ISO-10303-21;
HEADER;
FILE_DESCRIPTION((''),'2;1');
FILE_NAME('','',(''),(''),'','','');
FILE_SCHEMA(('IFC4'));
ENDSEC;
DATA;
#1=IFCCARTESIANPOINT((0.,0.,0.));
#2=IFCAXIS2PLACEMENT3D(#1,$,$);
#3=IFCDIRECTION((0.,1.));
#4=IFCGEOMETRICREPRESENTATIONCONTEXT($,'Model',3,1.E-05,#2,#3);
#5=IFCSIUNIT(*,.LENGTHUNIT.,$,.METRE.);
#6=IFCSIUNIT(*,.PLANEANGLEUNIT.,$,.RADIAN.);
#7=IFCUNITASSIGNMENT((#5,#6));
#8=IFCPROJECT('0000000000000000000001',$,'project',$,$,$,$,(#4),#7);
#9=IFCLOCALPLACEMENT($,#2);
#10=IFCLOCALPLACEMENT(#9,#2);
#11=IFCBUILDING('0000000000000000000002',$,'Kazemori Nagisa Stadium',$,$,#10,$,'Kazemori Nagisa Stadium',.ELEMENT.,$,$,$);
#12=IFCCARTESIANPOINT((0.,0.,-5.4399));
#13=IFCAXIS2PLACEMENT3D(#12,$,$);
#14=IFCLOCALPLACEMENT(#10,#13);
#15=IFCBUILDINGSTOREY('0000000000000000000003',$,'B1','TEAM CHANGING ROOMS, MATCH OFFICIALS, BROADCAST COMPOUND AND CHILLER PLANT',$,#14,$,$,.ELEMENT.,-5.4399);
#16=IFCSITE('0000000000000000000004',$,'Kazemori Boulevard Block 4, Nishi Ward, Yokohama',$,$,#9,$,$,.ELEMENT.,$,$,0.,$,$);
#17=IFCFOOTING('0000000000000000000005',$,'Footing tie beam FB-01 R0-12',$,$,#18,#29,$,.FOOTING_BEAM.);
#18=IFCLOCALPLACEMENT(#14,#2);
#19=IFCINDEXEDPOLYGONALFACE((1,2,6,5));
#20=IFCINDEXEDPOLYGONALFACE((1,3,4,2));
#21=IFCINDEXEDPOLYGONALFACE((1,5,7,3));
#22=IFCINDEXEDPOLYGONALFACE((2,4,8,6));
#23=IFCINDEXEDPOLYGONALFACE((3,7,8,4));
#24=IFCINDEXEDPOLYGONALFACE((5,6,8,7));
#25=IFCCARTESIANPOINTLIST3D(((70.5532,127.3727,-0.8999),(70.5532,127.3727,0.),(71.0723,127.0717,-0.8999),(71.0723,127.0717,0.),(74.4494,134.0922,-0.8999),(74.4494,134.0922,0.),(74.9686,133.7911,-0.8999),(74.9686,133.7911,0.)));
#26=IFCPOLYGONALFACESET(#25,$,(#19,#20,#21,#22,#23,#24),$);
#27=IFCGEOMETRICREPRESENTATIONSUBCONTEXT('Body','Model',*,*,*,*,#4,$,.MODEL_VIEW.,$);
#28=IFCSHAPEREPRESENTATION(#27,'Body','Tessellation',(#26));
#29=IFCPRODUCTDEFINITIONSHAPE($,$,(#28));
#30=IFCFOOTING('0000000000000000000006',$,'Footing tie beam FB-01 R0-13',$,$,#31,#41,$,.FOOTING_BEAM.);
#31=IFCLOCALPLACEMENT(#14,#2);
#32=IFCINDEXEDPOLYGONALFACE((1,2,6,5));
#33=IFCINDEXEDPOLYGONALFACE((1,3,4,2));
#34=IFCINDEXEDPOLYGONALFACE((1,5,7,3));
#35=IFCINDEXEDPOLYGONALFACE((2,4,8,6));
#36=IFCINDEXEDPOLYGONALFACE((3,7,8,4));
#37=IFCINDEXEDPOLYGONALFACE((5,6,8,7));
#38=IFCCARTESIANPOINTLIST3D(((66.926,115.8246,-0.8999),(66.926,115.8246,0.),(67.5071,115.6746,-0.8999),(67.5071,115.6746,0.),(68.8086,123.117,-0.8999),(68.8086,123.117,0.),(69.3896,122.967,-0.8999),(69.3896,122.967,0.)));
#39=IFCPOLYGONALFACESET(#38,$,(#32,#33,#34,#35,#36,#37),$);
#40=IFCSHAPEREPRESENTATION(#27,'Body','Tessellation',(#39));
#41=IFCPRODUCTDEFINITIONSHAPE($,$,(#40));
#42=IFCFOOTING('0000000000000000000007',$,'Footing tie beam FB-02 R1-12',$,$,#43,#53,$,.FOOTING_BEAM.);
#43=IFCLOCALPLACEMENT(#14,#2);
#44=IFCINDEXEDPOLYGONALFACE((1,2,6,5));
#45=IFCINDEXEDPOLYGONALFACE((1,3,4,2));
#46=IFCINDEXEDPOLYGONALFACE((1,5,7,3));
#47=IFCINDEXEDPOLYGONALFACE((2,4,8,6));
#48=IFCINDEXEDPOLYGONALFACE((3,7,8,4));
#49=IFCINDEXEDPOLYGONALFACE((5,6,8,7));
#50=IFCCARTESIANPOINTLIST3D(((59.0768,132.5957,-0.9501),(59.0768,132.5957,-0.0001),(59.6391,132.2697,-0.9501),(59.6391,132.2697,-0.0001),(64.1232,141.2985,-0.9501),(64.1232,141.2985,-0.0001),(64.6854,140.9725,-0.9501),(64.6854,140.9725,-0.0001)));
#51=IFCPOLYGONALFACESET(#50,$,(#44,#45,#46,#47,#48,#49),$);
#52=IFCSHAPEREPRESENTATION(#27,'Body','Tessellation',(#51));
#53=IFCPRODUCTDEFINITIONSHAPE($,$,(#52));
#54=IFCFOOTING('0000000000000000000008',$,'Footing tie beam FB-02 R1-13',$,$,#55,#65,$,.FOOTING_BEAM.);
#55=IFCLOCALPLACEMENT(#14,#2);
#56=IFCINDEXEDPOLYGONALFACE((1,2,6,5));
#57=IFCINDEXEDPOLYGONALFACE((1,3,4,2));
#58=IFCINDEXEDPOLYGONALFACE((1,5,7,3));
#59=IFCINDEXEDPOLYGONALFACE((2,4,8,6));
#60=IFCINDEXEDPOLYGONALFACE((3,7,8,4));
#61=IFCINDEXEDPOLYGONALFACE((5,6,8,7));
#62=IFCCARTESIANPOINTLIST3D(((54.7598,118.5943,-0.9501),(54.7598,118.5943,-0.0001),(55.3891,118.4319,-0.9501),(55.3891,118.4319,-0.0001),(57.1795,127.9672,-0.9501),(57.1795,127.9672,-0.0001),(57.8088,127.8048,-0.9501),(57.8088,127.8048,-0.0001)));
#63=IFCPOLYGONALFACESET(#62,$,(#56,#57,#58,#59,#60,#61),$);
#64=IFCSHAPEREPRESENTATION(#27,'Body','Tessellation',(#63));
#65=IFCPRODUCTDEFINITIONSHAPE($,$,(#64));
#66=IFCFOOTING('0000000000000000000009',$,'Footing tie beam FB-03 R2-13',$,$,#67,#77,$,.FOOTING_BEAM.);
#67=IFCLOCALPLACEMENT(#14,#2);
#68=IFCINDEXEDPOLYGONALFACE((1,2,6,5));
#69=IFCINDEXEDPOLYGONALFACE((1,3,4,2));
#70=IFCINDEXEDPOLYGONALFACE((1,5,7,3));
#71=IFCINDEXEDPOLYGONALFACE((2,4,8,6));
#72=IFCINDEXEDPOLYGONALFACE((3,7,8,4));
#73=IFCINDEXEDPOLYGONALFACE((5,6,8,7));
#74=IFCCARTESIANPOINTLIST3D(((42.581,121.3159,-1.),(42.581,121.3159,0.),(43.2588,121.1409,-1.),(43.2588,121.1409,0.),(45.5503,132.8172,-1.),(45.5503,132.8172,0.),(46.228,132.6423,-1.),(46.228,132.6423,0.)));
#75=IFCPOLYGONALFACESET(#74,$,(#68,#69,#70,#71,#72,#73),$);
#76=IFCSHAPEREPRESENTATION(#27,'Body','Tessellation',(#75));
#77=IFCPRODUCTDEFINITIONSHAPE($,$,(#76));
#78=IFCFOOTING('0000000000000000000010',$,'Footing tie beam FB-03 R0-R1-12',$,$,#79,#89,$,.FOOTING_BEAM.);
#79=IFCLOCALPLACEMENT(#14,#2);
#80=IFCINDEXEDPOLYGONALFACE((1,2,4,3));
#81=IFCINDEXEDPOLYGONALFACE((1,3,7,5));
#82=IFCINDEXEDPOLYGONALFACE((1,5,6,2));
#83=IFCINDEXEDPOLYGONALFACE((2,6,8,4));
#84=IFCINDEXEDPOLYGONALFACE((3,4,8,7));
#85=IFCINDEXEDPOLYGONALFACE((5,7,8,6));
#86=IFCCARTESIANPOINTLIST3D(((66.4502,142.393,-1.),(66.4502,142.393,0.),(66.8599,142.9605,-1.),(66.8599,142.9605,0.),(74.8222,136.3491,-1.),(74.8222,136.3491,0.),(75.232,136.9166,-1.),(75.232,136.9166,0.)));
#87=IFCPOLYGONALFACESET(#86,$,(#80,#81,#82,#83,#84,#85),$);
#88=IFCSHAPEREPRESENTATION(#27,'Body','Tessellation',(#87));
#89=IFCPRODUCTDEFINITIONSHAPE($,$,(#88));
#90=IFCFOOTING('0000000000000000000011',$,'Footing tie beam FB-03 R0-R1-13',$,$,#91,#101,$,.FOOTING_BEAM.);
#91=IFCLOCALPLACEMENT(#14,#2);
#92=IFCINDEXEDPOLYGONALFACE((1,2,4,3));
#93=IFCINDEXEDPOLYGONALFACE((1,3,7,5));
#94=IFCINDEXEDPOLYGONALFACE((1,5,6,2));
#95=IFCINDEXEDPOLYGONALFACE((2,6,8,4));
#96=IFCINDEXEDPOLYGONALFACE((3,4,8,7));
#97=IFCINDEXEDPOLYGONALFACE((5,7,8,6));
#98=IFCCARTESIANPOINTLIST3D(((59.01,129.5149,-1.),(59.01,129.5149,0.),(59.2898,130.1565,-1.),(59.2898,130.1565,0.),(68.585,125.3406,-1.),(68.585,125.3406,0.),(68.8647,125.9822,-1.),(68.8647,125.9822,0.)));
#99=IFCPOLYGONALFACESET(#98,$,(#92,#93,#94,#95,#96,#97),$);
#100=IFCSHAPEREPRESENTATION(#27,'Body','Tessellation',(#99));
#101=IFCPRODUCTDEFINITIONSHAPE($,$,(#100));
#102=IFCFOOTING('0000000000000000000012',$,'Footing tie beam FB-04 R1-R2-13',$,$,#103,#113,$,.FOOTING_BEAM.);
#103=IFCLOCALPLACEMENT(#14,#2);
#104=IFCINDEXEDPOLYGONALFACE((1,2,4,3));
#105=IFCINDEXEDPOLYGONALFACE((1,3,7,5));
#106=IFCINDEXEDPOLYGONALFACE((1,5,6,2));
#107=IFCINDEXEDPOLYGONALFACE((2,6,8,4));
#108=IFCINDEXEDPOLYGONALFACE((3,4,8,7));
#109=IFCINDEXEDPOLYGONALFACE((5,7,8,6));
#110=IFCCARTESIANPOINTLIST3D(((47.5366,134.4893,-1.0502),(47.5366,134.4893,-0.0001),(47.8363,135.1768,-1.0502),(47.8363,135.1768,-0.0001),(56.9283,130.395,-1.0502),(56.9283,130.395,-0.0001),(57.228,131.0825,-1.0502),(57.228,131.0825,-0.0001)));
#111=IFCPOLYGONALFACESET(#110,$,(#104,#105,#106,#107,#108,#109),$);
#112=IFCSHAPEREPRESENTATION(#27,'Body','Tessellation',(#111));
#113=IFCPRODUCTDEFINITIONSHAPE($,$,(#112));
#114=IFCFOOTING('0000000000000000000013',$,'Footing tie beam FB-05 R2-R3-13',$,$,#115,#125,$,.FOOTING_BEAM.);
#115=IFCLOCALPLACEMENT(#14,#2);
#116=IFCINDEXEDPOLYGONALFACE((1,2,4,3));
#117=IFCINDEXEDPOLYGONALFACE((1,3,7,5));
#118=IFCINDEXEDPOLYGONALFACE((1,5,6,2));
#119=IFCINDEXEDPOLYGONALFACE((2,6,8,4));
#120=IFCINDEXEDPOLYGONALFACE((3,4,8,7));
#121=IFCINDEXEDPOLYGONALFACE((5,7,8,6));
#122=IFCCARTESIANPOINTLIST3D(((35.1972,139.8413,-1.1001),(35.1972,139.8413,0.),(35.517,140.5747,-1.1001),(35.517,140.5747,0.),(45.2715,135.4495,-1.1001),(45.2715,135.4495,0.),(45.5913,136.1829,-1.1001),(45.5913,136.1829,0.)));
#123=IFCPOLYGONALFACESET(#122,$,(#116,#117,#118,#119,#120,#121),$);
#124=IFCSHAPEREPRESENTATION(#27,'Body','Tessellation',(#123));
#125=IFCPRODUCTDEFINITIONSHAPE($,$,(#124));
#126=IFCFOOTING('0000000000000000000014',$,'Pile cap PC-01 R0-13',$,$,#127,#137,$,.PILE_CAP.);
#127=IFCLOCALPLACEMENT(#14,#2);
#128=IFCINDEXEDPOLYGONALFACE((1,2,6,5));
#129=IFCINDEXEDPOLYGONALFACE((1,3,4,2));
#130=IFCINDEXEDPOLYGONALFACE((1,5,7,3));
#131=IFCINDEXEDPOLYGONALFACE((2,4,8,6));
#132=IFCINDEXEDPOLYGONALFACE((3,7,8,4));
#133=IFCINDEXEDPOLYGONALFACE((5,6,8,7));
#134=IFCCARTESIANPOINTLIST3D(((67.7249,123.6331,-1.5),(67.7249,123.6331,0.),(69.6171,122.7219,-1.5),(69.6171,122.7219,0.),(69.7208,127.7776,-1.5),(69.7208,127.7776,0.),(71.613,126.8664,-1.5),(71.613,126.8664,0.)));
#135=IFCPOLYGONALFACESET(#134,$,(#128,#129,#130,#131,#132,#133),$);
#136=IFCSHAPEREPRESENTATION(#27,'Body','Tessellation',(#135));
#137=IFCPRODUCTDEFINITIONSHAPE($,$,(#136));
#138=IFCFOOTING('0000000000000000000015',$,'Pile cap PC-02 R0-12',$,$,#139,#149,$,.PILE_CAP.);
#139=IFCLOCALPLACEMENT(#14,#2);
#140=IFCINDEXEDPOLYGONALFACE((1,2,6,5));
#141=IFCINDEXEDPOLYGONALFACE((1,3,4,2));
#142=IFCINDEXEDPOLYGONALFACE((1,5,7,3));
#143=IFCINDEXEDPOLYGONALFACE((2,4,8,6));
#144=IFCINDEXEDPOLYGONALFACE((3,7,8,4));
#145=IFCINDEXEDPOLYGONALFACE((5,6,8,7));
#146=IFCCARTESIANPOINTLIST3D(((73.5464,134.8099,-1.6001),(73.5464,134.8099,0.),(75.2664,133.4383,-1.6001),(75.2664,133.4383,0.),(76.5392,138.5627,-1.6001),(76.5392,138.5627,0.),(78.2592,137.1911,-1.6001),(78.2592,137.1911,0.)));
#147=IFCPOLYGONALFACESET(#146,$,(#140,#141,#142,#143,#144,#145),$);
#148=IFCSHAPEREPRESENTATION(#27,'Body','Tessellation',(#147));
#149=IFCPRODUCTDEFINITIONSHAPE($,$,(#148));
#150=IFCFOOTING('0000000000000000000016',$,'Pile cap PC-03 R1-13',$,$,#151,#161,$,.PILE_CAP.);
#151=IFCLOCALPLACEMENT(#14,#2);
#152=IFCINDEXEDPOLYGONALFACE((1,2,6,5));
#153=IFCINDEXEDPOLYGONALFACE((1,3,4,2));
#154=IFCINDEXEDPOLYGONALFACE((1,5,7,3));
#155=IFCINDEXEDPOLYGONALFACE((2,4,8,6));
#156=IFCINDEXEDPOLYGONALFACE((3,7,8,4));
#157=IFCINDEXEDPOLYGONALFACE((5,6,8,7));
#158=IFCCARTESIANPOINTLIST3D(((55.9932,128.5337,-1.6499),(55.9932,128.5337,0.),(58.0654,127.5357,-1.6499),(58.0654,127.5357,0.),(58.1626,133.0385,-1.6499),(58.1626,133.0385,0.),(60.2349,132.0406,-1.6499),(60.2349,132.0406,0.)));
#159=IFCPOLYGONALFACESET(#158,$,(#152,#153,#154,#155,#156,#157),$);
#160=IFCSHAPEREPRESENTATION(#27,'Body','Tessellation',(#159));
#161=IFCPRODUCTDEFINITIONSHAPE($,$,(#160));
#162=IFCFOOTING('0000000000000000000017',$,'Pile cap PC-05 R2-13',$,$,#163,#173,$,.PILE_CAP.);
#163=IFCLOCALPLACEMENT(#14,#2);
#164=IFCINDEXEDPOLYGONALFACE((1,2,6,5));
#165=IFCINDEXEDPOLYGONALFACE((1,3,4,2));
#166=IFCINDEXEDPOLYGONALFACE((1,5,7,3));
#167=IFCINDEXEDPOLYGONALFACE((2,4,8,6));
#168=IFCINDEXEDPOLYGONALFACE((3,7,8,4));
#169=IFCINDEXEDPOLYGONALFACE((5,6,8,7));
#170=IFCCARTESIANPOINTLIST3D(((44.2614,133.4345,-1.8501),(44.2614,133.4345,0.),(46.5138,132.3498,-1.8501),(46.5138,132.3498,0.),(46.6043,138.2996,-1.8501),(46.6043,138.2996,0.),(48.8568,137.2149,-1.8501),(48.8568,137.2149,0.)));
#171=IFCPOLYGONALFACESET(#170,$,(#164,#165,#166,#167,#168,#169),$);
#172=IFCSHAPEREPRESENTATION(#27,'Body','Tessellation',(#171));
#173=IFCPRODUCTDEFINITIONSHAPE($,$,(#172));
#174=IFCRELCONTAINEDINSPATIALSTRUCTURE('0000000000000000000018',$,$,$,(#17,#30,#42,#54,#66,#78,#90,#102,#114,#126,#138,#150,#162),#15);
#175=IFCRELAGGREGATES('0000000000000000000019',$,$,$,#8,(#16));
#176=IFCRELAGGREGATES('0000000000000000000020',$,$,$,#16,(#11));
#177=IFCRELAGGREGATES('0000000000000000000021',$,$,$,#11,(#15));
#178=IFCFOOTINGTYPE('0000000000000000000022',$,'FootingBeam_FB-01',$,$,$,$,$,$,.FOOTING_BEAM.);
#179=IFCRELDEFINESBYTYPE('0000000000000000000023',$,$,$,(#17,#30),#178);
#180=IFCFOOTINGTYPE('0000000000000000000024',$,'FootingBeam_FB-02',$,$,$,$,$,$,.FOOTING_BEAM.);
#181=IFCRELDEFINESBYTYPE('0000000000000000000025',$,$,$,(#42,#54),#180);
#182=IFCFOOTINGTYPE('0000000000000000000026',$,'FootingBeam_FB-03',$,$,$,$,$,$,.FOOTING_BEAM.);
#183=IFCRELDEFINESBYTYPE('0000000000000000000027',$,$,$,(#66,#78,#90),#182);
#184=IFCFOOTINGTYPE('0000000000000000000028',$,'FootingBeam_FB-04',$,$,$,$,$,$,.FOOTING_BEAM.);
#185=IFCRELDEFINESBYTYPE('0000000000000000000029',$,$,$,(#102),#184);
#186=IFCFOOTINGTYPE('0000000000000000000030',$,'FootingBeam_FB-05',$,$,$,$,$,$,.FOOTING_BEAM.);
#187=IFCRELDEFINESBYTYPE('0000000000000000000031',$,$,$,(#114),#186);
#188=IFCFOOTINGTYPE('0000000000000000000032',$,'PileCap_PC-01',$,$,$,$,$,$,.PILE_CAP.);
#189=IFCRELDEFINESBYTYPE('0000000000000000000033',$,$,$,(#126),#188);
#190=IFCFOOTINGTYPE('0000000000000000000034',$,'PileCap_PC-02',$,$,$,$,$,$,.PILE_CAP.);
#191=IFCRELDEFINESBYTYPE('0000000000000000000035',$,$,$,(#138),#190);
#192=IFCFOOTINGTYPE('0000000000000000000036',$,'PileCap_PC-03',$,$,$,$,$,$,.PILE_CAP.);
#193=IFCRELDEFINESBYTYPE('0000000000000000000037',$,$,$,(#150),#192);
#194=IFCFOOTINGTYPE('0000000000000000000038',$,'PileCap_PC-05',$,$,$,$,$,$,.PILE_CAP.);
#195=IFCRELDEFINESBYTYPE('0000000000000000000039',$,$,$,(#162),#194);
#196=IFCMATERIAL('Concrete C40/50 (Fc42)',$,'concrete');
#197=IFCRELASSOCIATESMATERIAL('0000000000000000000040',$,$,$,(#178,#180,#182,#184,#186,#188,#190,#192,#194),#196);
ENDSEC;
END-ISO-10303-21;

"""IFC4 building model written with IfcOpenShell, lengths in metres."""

from ifc_helpers import new_model, si_unit, direction, frame, origin, origin_2d, place, context, subcontext, project, spatial, rectangle, extrude, material, material_profile, profile_set, type_object, element, save


model = new_model("IFC4")

# Units and contexts
model_context = context("Model", 3, precision=1e-05, world=origin(), true_north=direction((0.0, 1.0)))
body_context = subcontext(model_context, "Body", "Model", "MODEL_VIEW")
ifc_project = project(units=[si_unit("LENGTHUNIT", "METRE"), si_unit("PLANEANGLEUNIT", "RADIAN")], contexts=[model_context])

# Site, building, storey
site_placement = place(None, origin())
site = spatial("IfcSite", under=ifc_project, at=site_placement, Name="Kazemori Boulevard Block 4, Nishi Ward, Yokohama", CompositionType="ELEMENT", RefElevation=0.0)
building_placement = place(site_placement, origin())
building = spatial("IfcBuilding", under=site, at=building_placement, Name="Kazemori Nagisa Stadium", LongName="Kazemori Nagisa Stadium", CompositionType="ELEMENT")
storey_placement = place(building_placement, frame((0.0, 0.0, -5.4399)))
storey = spatial("IfcBuildingStorey", under=building, at=storey_placement, Name="B1", Description="TEAM CHANGING ROOMS, MATCH OFFICIALS, BROADCAST COMPOUND AND CHILLER PLANT", CompositionType="ELEMENT", Elevation=-5.4399)

# Footings
ifc_material_1 = material(Name="Concrete C40/50 (Fc42)", Category="concrete")
ifc_material_profile_1 = material_profile(ifc_material_1, rectangle(XDim=0.6001, YDim=0.8999, at=origin_2d()), Name="RC-FB-600x900")
ifc_profile_set_1 = profile_set([ifc_material_profile_1], Name="Concrete C40/50 (Fc42)")
footing_type_1 = type_object("IfcFootingType", Name="FootingBeam_FB-01", PredefinedType="FOOTING_BEAM", material=ifc_profile_set_1)
footing_1_placement = place(storey_placement, frame((74.709, 133.9417, -0.45), z_axis=(-0.501616, -0.86509, 0.0), x_axis=(0.86509, -0.501616, 0.0)))
element("IfcFooting", 1, at=footing_1_placement, inside=storey, type_object=footing_type_1, Name="Footing tie beam FB-01 R0-12", PredefinedType="FOOTING_BEAM", context=body_context, shape_type="SweptSolid", body=[
    extrude(rectangle(XDim=0.6001, YDim=0.8999, at=origin_2d()), origin(), (0.0, 0.0, 1.0), 7.7673),
])
footing_2_placement = place(storey_placement, frame((69.0991, 123.042, -0.45), z_axis=(-0.249957, -0.968257, 0.0), x_axis=(0.968257, -0.249957, 0.0)))
element("IfcFooting", 2, at=footing_2_placement, inside=storey, type_object=footing_type_1, Name="Footing tie beam FB-01 R0-13", PredefinedType="FOOTING_BEAM", context=body_context, shape_type="SweptSolid", body=[
    extrude(rectangle(XDim=0.6001, YDim=0.8999, at=origin_2d()), origin(), (0.0, 0.0, 1.0), 7.5315),
])
ifc_material_profile_2 = material_profile(ifc_material_1, rectangle(XDim=0.6499, YDim=0.95, at=origin_2d()), Name="RC-FB-650x950")
ifc_profile_set_2 = profile_set([ifc_material_profile_2], Name="Concrete C40/50 (Fc42)")
footing_type_2 = type_object("IfcFootingType", Name="FootingBeam_FB-02", PredefinedType="FOOTING_BEAM", material=ifc_profile_set_2)
footing_3_placement = place(storey_placement, frame((64.4043, 141.1355, -0.4751), z_axis=(-0.501623, -0.865087, 0.0), x_axis=(0.865087, -0.501623, 0.0)))
element("IfcFooting", 3, at=footing_3_placement, inside=storey, type_object=footing_type_2, Name="Footing tie beam FB-02 R1-12", PredefinedType="FOOTING_BEAM", context=body_context, shape_type="SweptSolid", body=[
    extrude(rectangle(XDim=0.6499, YDim=0.95, at=origin_2d()), origin(), (0.0, 0.0, 1.0), 10.0601),
])
footing_4_placement = place(storey_placement, frame((57.4941, 127.886, -0.4751), z_axis=(-0.249964, -0.968255, 0.0), x_axis=(0.968255, -0.249964, 0.0)))
element("IfcFooting", 4, at=footing_4_placement, inside=storey, type_object=footing_type_2, Name="Footing tie beam FB-02 R1-13", PredefinedType="FOOTING_BEAM", context=body_context, shape_type="SweptSolid", body=[
    extrude(rectangle(XDim=0.6499, YDim=0.95, at=origin_2d()), origin(), (0.0, 0.0, 1.0), 9.6802),
])
ifc_material_profile_3 = material_profile(ifc_material_1, rectangle(XDim=0.7, YDim=1.0, at=origin_2d()), Name="RC-FB-700x1000")
ifc_profile_set_3 = profile_set([ifc_material_profile_3], Name="Concrete C40/50 (Fc42)")
footing_type_3 = type_object("IfcFootingType", Name="FootingBeam_FB-03", PredefinedType="FOOTING_BEAM", material=ifc_profile_set_3)
footing_5_placement = place(storey_placement, frame((45.8892, 132.7297, -0.5), z_axis=(-0.249971, -0.968253, 0.0), x_axis=(0.968253, -0.249971, 0.0)))
element("IfcFooting", 5, at=footing_5_placement, inside=storey, type_object=footing_type_3, Name="Footing tie beam FB-03 R2-13", PredefinedType="FOOTING_BEAM", context=body_context, shape_type="SweptSolid", body=[
    extrude(rectangle(XDim=0.7, YDim=1.0, at=origin_2d()), origin(), (0.0, 0.0, 1.0), 11.8784),
])
footing_6_placement = place(storey_placement, frame((75.0271, 136.6328, -0.5), z_axis=(-0.810796, 0.585328, 0.0), x_axis=(-0.585328, -0.810796, 0.0)))
element("IfcFooting", 6, at=footing_6_placement, inside=storey, type_object=footing_type_3, Name="Footing tie beam FB-03 R0-R1-12", PredefinedType="FOOTING_BEAM", context=body_context, shape_type="SweptSolid", body=[
    extrude(rectangle(XDim=0.7, YDim=1.0, at=origin_2d()), origin(), (0.0, 0.0, 1.0), 10.3257),
])
footing_7_placement = place(storey_placement, frame((68.7249, 125.6614, -0.5), z_axis=(-0.916674, 0.399635, 0.0), x_axis=(-0.399635, -0.916674, 0.0)))
element("IfcFooting", 7, at=footing_7_placement, inside=storey, type_object=footing_type_3, Name="Footing tie beam FB-03 R0-R1-13", PredefinedType="FOOTING_BEAM", context=body_context, shape_type="SweptSolid", body=[
    extrude(rectangle(XDim=0.7, YDim=1.0, at=origin_2d()), origin(), (0.0, 0.0, 1.0), 10.4453),
])
ifc_material_profile_4 = material_profile(ifc_material_1, rectangle(XDim=0.75, YDim=1.05, at=origin_2d()), Name="RC-FB-750x1050")
ifc_profile_set_4 = profile_set([ifc_material_profile_4], Name="Concrete C40/50 (Fc42)")
footing_type_4 = type_object("IfcFootingType", Name="FootingBeam_FB-04", PredefinedType="FOOTING_BEAM", material=ifc_profile_set_4)
footing_8_placement = place(storey_placement, frame((57.0781, 130.7388, -0.5251), z_axis=(-0.916679, 0.399623, 0.0), x_axis=(-0.399623, -0.916679, 0.0)))
element("IfcFooting", 8, at=footing_8_placement, inside=storey, type_object=footing_type_4, Name="Footing tie beam FB-04 R1-R2-13", PredefinedType="FOOTING_BEAM", context=body_context, shape_type="SweptSolid", body=[
    extrude(rectangle(XDim=0.75, YDim=1.05, at=origin_2d()), origin(), (0.0, 0.0, 1.0), 10.2454),
])
ifc_material_profile_5 = material_profile(ifc_material_1, rectangle(XDim=0.8, YDim=1.1001, at=origin_2d()), Name="RC-FB-800x1100")
ifc_profile_set_5 = profile_set([ifc_material_profile_5], Name="Concrete C40/50 (Fc42)")
footing_type_5 = type_object("IfcFootingType", Name="FootingBeam_FB-05", PredefinedType="FOOTING_BEAM", material=ifc_profile_set_5)
footing_9_placement = place(storey_placement, frame((45.4314, 135.8162, -0.55), z_axis=(-0.916679, 0.399625, 0.0), x_axis=(-0.399625, -0.916679, 0.0)))
element("IfcFooting", 9, at=footing_9_placement, inside=storey, type_object=footing_type_5, Name="Footing tie beam FB-05 R2-R3-13", PredefinedType="FOOTING_BEAM", context=body_context, shape_type="SweptSolid", body=[
    extrude(rectangle(XDim=0.8, YDim=1.1001, at=origin_2d()), origin(), (0.0, 0.0, 1.0), 10.99),
])
footing_type_6 = type_object("IfcFootingType", Name="PileCap_PC-01", PredefinedType="PILE_CAP", material=ifc_material_1)
footing_10_placement = place(storey_placement, frame((69.6689, 125.2498, -1.5), z_axis=(0.0, 0.0, 1.0), x_axis=(-0.433884, -0.900969, 0.0)))
element("IfcFooting", 10, at=footing_10_placement, inside=storey, type_object=footing_type_6, Name="Pile cap PC-01 R0-13", PredefinedType="PILE_CAP", context=body_context, shape_type="SweptSolid", body=[
    extrude(rectangle(XDim=4.6001, YDim=2.1001, at=origin_2d()), origin(), (0.0, 0.0, 1.0), 1.5),
])
footing_type_7 = type_object("IfcFootingType", Name="PileCap_PC-02", PredefinedType="PILE_CAP", material=ifc_material_1)
footing_11_placement = place(storey_placement, frame((75.9028, 136.0005, -1.6001), z_axis=(0.0, 0.0, 1.0), x_axis=(-0.62349, -0.781831, 0.0)))
element("IfcFooting", 11, at=footing_11_placement, inside=storey, type_object=footing_type_7, Name="Pile cap PC-02 R0-12", PredefinedType="PILE_CAP", context=body_context, shape_type="SweptSolid", body=[
    extrude(rectangle(XDim=4.8, YDim=2.2, at=origin_2d()), origin(), (0.0, 0.0, 1.0), 1.6001),
])
footing_type_8 = type_object("IfcFootingType", Name="PileCap_PC-03", PredefinedType="PILE_CAP", material=ifc_material_1)
footing_12_placement = place(storey_placement, frame((58.114, 130.2871, -1.6499), z_axis=(0.0, 0.0, 1.0), x_axis=(-0.433884, -0.900969, 0.0)))
element("IfcFooting", 12, at=footing_12_placement, inside=storey, type_object=footing_type_8, Name="Pile cap PC-03 R1-13", PredefinedType="PILE_CAP", context=body_context, shape_type="SweptSolid", body=[
    extrude(rectangle(XDim=5.0, YDim=2.3, at=origin_2d()), origin(), (0.0, 0.0, 1.0), 1.6499),
])
footing_type_9 = type_object("IfcFootingType", Name="PileCap_PC-05", PredefinedType="PILE_CAP", material=ifc_material_1)
footing_13_placement = place(storey_placement, frame((46.5591, 135.3247, -1.8501), z_axis=(0.0, 0.0, 1.0), x_axis=(-0.433884, -0.900969, 0.0)))
element("IfcFooting", 13, at=footing_13_placement, inside=storey, type_object=footing_type_9, Name="Pile cap PC-05 R2-13", PredefinedType="PILE_CAP", context=body_context, shape_type="SweptSolid", body=[
    extrude(rectangle(XDim=5.3999, YDim=2.5, at=origin_2d()), origin(), (0.0, 0.0, 1.0), 1.8501),
])

save(model, "model.ifc")
